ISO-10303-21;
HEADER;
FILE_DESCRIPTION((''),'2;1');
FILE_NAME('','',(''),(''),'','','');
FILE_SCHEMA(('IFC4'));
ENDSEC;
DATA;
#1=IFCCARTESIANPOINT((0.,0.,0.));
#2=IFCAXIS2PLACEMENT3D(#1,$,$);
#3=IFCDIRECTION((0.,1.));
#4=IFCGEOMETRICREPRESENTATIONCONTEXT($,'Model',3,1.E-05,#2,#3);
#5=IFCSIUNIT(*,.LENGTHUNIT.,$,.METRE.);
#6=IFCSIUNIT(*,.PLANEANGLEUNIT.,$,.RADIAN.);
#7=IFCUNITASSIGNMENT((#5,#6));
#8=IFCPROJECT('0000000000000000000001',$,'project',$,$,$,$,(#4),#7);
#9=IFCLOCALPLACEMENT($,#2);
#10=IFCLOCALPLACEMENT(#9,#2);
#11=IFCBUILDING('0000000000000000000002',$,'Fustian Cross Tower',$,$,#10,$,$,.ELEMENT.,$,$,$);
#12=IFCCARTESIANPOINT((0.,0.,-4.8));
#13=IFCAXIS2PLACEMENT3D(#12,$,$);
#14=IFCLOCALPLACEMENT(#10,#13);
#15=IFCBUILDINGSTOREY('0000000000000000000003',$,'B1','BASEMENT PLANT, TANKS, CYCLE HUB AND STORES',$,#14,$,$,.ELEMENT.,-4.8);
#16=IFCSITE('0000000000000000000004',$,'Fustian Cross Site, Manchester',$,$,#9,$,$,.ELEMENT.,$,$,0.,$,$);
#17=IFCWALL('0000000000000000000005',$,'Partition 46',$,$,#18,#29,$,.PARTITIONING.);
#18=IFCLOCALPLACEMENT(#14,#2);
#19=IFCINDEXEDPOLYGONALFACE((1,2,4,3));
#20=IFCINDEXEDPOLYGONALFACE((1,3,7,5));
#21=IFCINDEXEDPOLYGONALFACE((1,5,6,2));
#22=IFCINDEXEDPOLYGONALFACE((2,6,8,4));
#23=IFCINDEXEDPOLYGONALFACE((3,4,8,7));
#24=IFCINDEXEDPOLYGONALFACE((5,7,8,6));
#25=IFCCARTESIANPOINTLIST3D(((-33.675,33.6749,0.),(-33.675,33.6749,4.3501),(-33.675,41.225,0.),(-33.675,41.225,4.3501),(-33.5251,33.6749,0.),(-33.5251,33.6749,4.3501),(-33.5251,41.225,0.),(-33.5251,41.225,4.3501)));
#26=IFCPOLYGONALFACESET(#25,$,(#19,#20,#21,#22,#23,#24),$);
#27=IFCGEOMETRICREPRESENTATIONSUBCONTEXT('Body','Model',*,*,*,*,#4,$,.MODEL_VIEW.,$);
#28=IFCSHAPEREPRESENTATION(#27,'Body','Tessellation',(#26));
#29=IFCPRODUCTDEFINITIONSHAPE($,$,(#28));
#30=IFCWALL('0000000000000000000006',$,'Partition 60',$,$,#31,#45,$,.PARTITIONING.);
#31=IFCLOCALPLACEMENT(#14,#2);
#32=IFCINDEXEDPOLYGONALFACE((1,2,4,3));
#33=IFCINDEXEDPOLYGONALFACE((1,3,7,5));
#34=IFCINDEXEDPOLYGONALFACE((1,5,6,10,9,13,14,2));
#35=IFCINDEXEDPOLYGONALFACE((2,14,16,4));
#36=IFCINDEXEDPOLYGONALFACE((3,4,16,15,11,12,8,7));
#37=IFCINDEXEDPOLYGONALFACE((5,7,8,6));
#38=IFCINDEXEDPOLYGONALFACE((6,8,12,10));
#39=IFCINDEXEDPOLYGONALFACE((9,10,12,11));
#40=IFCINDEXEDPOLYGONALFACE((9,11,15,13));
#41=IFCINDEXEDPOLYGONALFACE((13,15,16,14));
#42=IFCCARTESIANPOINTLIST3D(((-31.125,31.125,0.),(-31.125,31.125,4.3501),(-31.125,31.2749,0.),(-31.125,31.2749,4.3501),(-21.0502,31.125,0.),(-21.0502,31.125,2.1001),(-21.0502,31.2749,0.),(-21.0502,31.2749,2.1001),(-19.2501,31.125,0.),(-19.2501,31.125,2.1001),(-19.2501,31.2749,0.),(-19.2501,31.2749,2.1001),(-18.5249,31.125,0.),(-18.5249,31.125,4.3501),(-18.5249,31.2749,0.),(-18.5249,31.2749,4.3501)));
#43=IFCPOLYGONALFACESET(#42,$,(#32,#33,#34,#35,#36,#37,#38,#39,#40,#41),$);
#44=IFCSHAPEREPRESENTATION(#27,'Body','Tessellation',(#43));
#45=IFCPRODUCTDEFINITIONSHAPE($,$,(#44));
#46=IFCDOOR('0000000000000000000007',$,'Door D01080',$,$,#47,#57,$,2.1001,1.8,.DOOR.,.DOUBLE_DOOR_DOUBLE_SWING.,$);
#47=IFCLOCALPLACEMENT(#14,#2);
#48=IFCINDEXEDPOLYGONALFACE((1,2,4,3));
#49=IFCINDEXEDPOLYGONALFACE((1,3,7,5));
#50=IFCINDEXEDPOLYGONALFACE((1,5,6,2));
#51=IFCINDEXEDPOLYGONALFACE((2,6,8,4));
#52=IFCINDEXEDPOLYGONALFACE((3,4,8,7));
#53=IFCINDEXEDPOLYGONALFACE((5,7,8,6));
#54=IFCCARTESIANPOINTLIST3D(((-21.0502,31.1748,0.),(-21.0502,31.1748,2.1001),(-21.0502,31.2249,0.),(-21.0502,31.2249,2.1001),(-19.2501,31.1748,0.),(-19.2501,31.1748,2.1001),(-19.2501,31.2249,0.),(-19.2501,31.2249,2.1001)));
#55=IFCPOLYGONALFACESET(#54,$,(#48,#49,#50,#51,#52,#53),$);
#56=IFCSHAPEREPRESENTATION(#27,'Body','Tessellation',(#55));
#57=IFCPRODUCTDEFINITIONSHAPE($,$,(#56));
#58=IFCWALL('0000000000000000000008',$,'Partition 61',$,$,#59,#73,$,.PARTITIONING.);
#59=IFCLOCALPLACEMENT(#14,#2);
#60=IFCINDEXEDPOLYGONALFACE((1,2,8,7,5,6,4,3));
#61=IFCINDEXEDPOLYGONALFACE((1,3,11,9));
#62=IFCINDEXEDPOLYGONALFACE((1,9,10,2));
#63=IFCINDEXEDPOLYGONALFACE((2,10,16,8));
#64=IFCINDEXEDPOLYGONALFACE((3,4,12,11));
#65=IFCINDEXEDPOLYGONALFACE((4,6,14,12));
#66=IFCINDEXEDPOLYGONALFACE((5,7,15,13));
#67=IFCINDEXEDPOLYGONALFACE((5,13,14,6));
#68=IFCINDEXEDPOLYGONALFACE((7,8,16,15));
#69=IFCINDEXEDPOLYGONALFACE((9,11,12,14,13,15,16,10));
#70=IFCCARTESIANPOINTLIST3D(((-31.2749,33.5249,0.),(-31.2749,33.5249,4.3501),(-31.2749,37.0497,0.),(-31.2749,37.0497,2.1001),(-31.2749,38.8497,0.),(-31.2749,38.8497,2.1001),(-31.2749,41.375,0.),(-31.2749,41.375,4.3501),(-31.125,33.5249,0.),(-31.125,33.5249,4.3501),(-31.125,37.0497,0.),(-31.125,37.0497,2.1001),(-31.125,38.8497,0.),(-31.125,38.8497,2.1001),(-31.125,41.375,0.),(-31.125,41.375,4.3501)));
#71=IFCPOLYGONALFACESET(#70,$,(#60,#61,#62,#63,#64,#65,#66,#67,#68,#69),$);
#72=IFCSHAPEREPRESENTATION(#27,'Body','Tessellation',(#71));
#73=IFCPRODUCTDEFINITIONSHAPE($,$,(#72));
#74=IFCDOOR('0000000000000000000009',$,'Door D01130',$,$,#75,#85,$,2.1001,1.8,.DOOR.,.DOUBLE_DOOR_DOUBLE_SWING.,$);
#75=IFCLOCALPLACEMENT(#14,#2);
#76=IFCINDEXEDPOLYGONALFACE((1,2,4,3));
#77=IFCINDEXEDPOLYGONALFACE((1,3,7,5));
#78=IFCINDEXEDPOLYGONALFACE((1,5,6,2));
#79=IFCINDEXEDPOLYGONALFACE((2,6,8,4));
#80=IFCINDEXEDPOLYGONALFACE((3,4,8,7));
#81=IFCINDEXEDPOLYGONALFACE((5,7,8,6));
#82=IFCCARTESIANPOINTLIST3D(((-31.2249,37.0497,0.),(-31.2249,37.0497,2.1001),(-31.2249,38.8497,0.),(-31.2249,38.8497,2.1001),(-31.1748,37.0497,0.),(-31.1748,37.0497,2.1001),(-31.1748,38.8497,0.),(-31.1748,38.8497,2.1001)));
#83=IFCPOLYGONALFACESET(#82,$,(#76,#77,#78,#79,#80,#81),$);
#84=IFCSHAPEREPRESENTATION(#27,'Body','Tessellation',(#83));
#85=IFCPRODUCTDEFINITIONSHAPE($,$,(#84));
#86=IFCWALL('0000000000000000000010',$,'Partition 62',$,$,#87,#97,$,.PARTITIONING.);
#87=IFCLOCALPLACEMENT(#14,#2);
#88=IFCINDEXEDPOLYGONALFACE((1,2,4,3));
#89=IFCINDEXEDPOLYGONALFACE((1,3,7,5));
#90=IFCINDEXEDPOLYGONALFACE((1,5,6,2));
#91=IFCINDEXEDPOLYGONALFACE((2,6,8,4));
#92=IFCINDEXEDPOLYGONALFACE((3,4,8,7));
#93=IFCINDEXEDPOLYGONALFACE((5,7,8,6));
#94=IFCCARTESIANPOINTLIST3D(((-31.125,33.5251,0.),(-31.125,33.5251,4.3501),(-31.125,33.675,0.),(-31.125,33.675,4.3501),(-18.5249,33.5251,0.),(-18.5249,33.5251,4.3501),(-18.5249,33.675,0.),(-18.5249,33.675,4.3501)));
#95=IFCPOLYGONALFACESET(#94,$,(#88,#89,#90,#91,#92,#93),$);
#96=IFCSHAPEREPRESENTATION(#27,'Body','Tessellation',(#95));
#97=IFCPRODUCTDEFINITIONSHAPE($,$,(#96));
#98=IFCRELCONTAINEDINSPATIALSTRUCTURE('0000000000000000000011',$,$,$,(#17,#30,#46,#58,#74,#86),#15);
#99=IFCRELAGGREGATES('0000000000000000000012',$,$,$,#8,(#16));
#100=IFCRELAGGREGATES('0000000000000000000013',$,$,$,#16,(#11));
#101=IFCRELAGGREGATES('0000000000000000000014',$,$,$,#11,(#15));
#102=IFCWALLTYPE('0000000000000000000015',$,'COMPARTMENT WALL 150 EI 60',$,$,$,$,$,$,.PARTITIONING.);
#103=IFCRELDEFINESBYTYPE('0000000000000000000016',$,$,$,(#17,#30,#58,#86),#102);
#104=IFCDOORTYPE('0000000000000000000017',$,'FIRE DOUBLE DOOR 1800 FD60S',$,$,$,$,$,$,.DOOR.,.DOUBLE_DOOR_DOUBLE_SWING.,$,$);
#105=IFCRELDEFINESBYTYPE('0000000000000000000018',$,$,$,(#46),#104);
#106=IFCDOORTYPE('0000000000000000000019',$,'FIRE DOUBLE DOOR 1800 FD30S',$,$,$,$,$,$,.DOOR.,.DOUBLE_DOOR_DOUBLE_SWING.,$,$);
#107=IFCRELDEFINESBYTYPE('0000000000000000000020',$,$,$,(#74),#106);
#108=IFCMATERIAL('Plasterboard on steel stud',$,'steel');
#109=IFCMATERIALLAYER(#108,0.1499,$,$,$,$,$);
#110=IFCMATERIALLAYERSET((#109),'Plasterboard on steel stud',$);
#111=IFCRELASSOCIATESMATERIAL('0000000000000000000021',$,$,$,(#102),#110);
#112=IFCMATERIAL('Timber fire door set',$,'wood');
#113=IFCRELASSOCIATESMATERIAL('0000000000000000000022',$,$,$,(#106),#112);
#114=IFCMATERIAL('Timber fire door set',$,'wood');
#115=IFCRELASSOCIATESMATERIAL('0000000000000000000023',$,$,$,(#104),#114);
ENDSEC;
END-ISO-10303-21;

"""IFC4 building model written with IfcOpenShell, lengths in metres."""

from ifc_helpers import new_model, si_unit, direction, frame, frame_2d, origin, place, context, subcontext, project, spatial, rectangle, extrude, material, layer, layer_set, type_object, element, fill, save


model = new_model("IFC4")

# Units and contexts
model_context = context("Model", 3, precision=1e-05, world=origin(), true_north=direction((0.0, 1.0)))
body_context = subcontext(model_context, "Body", "Model", "MODEL_VIEW")
ifc_project = project(units=[si_unit("LENGTHUNIT", "METRE"), si_unit("PLANEANGLEUNIT", "RADIAN")], contexts=[model_context])

# Site, building, storey
site_placement = place(None, origin())
site = spatial("IfcSite", under=ifc_project, at=site_placement, Name="Fustian Cross Site, Manchester", CompositionType="ELEMENT", RefElevation=0.0)
building_placement = place(site_placement, origin())
building = spatial("IfcBuilding", under=site, at=building_placement, Name="Fustian Cross Tower", CompositionType="ELEMENT")
storey_placement = place(building_placement, frame((0.0, 0.0, -4.8)))
storey = spatial("IfcBuildingStorey", under=building, at=storey_placement, Name="B1", Description="BASEMENT PLANT, TANKS, CYCLE HUB AND STORES", CompositionType="ELEMENT", Elevation=-4.8)

# Shared definitions
ifc_material_1 = material(Name="Plasterboard on steel stud", Category="steel")
ifc_layer = layer(ifc_material_1, 0.1499)
ifc_layer_set = layer_set([ifc_layer], Name="Plasterboard on steel stud")
wall_type = type_object("IfcWallType", Name="COMPARTMENT WALL 150 EI 60", PredefinedType="PARTITIONING", material=ifc_layer_set)
ifc_material_2 = material(Name="Timber fire door set", Category="wood")
door_type_1 = type_object("IfcDoorType", Name="FIRE DOUBLE DOOR 1800 FD30S", OperationType="DOUBLE_DOOR_DOUBLE_SWING", PredefinedType="DOOR", material=ifc_material_2)

# Wall
wall_1_placement = place(storey_placement, frame((-33.6001, 33.675, 0.0), z_axis=(0.0, 0.0, 1.0), x_axis=(0.0, 1.0, 0.0)))
element("IfcWall", 1, at=wall_1_placement, inside=storey, type_object=wall_type, Name="Partition 46", PredefinedType="PARTITIONING", context=body_context, shape_type="SweptSolid", body=[
    extrude(rectangle(XDim=7.55, YDim=0.1499, at=frame_2d((3.7749, 0.0))), origin(), (0.0, 0.0, 1.0), 4.3501),
])

# Walls, openings, doors
wall_2_placement = place(storey_placement, frame((-31.125, 31.2, 0.0), z_axis=(0.0, 0.0, 1.0), x_axis=(1.0, 0.0, 0.0)))
wall_2 = element("IfcWall", 2, at=wall_2_placement, inside=storey, type_object=wall_type, Name="Partition 60", PredefinedType="PARTITIONING", context=body_context, shape_type="SweptSolid", body=[
    extrude(rectangle(XDim=12.6001, YDim=0.1499, at=frame_2d((6.3, 0.0))), origin(), (0.0, 0.0, 1.0), 4.3501),
])
opening_1_placement = place(wall_2_placement, frame((10.075, 0.0, 0.0)))
opening_1 = element("IfcOpeningElement", 3, at=opening_1_placement, cuts=wall_2, PredefinedType="OPENING", context=body_context, shape_type="SweptSolid", body=[
    extrude(rectangle(XDim=1.8, YDim=2.1001, at=frame_2d((0.8999, 1.05))), frame((0.0, 0.085, 0.0), z_axis=(0.0, -1.0, 0.0), x_axis=(1.0, 0.0, 0.0)), (0.0, 0.0, 1.0), 0.1699),
])
ifc_material_3 = material(Name="Timber fire door set", Category="wood")
door_type_2 = type_object("IfcDoorType", Name="FIRE DOUBLE DOOR 1800 FD60S", OperationType="DOUBLE_DOOR_DOUBLE_SWING", PredefinedType="DOOR", material=ifc_material_3)
door_1_placement = place(opening_1_placement, origin())
door_1 = element("IfcDoor", 4, at=door_1_placement, inside=storey, type_object=door_type_2, Name="Door D01080", OperationType="DOUBLE_DOOR_DOUBLE_SWING", OverallHeight=2.1001, OverallWidth=1.8, PredefinedType="DOOR", context=body_context, shape_type="SweptSolid", body=[
    extrude(rectangle(XDim=1.8, YDim=2.1001, at=frame_2d((0.8999, 1.05))), frame((0.0, 0.0249, 0.0), z_axis=(0.0, -1.0, 0.0), x_axis=(1.0, 0.0, 0.0)), (0.0, 0.0, 1.0), 0.05),
])
fill(opening_1, door_1)
wall_3_placement = place(storey_placement, frame((-31.2, 33.5249, 0.0), z_axis=(0.0, 0.0, 1.0), x_axis=(0.0, 1.0, 0.0)))
wall_3 = element("IfcWall", 5, at=wall_3_placement, inside=storey, type_object=wall_type, Name="Partition 61", PredefinedType="PARTITIONING", context=body_context, shape_type="SweptSolid", body=[
    extrude(rectangle(XDim=7.8501, YDim=0.1499, at=frame_2d((3.925, 0.0))), origin(), (0.0, 0.0, 1.0), 4.3501),
])
opening_2_placement = place(wall_3_placement, frame((3.5249, 0.0, 0.0)))
opening_2 = element("IfcOpeningElement", 6, at=opening_2_placement, cuts=wall_3, PredefinedType="OPENING", context=body_context, shape_type="SweptSolid", body=[
    extrude(rectangle(XDim=1.8, YDim=2.1001, at=frame_2d((0.8999, 1.05))), frame((0.0, 0.085, 0.0), z_axis=(0.0, -1.0, 0.0), x_axis=(1.0, 0.0, 0.0)), (0.0, 0.0, 1.0), 0.1699),
])
door_2_placement = place(opening_2_placement, origin())
door_2 = element("IfcDoor", 7, at=door_2_placement, inside=storey, type_object=door_type_1, Name="Door D01130", OperationType="DOUBLE_DOOR_DOUBLE_SWING", OverallHeight=2.1001, OverallWidth=1.8, PredefinedType="DOOR", context=body_context, shape_type="SweptSolid", body=[
    extrude(rectangle(XDim=1.8, YDim=2.1001, at=frame_2d((0.8999, 1.05))), frame((0.0, 0.0249, 0.0), z_axis=(0.0, -1.0, 0.0), x_axis=(1.0, 0.0, 0.0)), (0.0, 0.0, 1.0), 0.05),
])
fill(opening_2, door_2)

# Wall
wall_4_placement = place(storey_placement, frame((-31.125, 33.6001, 0.0), z_axis=(0.0, 0.0, 1.0), x_axis=(1.0, 0.0, 0.0)))
element("IfcWall", 8, at=wall_4_placement, inside=storey, type_object=wall_type, Name="Partition 62", PredefinedType="PARTITIONING", context=body_context, shape_type="SweptSolid", body=[
    extrude(rectangle(XDim=12.6001, YDim=0.1499, at=frame_2d((6.3, 0.0))), origin(), (0.0, 0.0, 1.0), 4.3501),
])

save(model, "model.ifc")
